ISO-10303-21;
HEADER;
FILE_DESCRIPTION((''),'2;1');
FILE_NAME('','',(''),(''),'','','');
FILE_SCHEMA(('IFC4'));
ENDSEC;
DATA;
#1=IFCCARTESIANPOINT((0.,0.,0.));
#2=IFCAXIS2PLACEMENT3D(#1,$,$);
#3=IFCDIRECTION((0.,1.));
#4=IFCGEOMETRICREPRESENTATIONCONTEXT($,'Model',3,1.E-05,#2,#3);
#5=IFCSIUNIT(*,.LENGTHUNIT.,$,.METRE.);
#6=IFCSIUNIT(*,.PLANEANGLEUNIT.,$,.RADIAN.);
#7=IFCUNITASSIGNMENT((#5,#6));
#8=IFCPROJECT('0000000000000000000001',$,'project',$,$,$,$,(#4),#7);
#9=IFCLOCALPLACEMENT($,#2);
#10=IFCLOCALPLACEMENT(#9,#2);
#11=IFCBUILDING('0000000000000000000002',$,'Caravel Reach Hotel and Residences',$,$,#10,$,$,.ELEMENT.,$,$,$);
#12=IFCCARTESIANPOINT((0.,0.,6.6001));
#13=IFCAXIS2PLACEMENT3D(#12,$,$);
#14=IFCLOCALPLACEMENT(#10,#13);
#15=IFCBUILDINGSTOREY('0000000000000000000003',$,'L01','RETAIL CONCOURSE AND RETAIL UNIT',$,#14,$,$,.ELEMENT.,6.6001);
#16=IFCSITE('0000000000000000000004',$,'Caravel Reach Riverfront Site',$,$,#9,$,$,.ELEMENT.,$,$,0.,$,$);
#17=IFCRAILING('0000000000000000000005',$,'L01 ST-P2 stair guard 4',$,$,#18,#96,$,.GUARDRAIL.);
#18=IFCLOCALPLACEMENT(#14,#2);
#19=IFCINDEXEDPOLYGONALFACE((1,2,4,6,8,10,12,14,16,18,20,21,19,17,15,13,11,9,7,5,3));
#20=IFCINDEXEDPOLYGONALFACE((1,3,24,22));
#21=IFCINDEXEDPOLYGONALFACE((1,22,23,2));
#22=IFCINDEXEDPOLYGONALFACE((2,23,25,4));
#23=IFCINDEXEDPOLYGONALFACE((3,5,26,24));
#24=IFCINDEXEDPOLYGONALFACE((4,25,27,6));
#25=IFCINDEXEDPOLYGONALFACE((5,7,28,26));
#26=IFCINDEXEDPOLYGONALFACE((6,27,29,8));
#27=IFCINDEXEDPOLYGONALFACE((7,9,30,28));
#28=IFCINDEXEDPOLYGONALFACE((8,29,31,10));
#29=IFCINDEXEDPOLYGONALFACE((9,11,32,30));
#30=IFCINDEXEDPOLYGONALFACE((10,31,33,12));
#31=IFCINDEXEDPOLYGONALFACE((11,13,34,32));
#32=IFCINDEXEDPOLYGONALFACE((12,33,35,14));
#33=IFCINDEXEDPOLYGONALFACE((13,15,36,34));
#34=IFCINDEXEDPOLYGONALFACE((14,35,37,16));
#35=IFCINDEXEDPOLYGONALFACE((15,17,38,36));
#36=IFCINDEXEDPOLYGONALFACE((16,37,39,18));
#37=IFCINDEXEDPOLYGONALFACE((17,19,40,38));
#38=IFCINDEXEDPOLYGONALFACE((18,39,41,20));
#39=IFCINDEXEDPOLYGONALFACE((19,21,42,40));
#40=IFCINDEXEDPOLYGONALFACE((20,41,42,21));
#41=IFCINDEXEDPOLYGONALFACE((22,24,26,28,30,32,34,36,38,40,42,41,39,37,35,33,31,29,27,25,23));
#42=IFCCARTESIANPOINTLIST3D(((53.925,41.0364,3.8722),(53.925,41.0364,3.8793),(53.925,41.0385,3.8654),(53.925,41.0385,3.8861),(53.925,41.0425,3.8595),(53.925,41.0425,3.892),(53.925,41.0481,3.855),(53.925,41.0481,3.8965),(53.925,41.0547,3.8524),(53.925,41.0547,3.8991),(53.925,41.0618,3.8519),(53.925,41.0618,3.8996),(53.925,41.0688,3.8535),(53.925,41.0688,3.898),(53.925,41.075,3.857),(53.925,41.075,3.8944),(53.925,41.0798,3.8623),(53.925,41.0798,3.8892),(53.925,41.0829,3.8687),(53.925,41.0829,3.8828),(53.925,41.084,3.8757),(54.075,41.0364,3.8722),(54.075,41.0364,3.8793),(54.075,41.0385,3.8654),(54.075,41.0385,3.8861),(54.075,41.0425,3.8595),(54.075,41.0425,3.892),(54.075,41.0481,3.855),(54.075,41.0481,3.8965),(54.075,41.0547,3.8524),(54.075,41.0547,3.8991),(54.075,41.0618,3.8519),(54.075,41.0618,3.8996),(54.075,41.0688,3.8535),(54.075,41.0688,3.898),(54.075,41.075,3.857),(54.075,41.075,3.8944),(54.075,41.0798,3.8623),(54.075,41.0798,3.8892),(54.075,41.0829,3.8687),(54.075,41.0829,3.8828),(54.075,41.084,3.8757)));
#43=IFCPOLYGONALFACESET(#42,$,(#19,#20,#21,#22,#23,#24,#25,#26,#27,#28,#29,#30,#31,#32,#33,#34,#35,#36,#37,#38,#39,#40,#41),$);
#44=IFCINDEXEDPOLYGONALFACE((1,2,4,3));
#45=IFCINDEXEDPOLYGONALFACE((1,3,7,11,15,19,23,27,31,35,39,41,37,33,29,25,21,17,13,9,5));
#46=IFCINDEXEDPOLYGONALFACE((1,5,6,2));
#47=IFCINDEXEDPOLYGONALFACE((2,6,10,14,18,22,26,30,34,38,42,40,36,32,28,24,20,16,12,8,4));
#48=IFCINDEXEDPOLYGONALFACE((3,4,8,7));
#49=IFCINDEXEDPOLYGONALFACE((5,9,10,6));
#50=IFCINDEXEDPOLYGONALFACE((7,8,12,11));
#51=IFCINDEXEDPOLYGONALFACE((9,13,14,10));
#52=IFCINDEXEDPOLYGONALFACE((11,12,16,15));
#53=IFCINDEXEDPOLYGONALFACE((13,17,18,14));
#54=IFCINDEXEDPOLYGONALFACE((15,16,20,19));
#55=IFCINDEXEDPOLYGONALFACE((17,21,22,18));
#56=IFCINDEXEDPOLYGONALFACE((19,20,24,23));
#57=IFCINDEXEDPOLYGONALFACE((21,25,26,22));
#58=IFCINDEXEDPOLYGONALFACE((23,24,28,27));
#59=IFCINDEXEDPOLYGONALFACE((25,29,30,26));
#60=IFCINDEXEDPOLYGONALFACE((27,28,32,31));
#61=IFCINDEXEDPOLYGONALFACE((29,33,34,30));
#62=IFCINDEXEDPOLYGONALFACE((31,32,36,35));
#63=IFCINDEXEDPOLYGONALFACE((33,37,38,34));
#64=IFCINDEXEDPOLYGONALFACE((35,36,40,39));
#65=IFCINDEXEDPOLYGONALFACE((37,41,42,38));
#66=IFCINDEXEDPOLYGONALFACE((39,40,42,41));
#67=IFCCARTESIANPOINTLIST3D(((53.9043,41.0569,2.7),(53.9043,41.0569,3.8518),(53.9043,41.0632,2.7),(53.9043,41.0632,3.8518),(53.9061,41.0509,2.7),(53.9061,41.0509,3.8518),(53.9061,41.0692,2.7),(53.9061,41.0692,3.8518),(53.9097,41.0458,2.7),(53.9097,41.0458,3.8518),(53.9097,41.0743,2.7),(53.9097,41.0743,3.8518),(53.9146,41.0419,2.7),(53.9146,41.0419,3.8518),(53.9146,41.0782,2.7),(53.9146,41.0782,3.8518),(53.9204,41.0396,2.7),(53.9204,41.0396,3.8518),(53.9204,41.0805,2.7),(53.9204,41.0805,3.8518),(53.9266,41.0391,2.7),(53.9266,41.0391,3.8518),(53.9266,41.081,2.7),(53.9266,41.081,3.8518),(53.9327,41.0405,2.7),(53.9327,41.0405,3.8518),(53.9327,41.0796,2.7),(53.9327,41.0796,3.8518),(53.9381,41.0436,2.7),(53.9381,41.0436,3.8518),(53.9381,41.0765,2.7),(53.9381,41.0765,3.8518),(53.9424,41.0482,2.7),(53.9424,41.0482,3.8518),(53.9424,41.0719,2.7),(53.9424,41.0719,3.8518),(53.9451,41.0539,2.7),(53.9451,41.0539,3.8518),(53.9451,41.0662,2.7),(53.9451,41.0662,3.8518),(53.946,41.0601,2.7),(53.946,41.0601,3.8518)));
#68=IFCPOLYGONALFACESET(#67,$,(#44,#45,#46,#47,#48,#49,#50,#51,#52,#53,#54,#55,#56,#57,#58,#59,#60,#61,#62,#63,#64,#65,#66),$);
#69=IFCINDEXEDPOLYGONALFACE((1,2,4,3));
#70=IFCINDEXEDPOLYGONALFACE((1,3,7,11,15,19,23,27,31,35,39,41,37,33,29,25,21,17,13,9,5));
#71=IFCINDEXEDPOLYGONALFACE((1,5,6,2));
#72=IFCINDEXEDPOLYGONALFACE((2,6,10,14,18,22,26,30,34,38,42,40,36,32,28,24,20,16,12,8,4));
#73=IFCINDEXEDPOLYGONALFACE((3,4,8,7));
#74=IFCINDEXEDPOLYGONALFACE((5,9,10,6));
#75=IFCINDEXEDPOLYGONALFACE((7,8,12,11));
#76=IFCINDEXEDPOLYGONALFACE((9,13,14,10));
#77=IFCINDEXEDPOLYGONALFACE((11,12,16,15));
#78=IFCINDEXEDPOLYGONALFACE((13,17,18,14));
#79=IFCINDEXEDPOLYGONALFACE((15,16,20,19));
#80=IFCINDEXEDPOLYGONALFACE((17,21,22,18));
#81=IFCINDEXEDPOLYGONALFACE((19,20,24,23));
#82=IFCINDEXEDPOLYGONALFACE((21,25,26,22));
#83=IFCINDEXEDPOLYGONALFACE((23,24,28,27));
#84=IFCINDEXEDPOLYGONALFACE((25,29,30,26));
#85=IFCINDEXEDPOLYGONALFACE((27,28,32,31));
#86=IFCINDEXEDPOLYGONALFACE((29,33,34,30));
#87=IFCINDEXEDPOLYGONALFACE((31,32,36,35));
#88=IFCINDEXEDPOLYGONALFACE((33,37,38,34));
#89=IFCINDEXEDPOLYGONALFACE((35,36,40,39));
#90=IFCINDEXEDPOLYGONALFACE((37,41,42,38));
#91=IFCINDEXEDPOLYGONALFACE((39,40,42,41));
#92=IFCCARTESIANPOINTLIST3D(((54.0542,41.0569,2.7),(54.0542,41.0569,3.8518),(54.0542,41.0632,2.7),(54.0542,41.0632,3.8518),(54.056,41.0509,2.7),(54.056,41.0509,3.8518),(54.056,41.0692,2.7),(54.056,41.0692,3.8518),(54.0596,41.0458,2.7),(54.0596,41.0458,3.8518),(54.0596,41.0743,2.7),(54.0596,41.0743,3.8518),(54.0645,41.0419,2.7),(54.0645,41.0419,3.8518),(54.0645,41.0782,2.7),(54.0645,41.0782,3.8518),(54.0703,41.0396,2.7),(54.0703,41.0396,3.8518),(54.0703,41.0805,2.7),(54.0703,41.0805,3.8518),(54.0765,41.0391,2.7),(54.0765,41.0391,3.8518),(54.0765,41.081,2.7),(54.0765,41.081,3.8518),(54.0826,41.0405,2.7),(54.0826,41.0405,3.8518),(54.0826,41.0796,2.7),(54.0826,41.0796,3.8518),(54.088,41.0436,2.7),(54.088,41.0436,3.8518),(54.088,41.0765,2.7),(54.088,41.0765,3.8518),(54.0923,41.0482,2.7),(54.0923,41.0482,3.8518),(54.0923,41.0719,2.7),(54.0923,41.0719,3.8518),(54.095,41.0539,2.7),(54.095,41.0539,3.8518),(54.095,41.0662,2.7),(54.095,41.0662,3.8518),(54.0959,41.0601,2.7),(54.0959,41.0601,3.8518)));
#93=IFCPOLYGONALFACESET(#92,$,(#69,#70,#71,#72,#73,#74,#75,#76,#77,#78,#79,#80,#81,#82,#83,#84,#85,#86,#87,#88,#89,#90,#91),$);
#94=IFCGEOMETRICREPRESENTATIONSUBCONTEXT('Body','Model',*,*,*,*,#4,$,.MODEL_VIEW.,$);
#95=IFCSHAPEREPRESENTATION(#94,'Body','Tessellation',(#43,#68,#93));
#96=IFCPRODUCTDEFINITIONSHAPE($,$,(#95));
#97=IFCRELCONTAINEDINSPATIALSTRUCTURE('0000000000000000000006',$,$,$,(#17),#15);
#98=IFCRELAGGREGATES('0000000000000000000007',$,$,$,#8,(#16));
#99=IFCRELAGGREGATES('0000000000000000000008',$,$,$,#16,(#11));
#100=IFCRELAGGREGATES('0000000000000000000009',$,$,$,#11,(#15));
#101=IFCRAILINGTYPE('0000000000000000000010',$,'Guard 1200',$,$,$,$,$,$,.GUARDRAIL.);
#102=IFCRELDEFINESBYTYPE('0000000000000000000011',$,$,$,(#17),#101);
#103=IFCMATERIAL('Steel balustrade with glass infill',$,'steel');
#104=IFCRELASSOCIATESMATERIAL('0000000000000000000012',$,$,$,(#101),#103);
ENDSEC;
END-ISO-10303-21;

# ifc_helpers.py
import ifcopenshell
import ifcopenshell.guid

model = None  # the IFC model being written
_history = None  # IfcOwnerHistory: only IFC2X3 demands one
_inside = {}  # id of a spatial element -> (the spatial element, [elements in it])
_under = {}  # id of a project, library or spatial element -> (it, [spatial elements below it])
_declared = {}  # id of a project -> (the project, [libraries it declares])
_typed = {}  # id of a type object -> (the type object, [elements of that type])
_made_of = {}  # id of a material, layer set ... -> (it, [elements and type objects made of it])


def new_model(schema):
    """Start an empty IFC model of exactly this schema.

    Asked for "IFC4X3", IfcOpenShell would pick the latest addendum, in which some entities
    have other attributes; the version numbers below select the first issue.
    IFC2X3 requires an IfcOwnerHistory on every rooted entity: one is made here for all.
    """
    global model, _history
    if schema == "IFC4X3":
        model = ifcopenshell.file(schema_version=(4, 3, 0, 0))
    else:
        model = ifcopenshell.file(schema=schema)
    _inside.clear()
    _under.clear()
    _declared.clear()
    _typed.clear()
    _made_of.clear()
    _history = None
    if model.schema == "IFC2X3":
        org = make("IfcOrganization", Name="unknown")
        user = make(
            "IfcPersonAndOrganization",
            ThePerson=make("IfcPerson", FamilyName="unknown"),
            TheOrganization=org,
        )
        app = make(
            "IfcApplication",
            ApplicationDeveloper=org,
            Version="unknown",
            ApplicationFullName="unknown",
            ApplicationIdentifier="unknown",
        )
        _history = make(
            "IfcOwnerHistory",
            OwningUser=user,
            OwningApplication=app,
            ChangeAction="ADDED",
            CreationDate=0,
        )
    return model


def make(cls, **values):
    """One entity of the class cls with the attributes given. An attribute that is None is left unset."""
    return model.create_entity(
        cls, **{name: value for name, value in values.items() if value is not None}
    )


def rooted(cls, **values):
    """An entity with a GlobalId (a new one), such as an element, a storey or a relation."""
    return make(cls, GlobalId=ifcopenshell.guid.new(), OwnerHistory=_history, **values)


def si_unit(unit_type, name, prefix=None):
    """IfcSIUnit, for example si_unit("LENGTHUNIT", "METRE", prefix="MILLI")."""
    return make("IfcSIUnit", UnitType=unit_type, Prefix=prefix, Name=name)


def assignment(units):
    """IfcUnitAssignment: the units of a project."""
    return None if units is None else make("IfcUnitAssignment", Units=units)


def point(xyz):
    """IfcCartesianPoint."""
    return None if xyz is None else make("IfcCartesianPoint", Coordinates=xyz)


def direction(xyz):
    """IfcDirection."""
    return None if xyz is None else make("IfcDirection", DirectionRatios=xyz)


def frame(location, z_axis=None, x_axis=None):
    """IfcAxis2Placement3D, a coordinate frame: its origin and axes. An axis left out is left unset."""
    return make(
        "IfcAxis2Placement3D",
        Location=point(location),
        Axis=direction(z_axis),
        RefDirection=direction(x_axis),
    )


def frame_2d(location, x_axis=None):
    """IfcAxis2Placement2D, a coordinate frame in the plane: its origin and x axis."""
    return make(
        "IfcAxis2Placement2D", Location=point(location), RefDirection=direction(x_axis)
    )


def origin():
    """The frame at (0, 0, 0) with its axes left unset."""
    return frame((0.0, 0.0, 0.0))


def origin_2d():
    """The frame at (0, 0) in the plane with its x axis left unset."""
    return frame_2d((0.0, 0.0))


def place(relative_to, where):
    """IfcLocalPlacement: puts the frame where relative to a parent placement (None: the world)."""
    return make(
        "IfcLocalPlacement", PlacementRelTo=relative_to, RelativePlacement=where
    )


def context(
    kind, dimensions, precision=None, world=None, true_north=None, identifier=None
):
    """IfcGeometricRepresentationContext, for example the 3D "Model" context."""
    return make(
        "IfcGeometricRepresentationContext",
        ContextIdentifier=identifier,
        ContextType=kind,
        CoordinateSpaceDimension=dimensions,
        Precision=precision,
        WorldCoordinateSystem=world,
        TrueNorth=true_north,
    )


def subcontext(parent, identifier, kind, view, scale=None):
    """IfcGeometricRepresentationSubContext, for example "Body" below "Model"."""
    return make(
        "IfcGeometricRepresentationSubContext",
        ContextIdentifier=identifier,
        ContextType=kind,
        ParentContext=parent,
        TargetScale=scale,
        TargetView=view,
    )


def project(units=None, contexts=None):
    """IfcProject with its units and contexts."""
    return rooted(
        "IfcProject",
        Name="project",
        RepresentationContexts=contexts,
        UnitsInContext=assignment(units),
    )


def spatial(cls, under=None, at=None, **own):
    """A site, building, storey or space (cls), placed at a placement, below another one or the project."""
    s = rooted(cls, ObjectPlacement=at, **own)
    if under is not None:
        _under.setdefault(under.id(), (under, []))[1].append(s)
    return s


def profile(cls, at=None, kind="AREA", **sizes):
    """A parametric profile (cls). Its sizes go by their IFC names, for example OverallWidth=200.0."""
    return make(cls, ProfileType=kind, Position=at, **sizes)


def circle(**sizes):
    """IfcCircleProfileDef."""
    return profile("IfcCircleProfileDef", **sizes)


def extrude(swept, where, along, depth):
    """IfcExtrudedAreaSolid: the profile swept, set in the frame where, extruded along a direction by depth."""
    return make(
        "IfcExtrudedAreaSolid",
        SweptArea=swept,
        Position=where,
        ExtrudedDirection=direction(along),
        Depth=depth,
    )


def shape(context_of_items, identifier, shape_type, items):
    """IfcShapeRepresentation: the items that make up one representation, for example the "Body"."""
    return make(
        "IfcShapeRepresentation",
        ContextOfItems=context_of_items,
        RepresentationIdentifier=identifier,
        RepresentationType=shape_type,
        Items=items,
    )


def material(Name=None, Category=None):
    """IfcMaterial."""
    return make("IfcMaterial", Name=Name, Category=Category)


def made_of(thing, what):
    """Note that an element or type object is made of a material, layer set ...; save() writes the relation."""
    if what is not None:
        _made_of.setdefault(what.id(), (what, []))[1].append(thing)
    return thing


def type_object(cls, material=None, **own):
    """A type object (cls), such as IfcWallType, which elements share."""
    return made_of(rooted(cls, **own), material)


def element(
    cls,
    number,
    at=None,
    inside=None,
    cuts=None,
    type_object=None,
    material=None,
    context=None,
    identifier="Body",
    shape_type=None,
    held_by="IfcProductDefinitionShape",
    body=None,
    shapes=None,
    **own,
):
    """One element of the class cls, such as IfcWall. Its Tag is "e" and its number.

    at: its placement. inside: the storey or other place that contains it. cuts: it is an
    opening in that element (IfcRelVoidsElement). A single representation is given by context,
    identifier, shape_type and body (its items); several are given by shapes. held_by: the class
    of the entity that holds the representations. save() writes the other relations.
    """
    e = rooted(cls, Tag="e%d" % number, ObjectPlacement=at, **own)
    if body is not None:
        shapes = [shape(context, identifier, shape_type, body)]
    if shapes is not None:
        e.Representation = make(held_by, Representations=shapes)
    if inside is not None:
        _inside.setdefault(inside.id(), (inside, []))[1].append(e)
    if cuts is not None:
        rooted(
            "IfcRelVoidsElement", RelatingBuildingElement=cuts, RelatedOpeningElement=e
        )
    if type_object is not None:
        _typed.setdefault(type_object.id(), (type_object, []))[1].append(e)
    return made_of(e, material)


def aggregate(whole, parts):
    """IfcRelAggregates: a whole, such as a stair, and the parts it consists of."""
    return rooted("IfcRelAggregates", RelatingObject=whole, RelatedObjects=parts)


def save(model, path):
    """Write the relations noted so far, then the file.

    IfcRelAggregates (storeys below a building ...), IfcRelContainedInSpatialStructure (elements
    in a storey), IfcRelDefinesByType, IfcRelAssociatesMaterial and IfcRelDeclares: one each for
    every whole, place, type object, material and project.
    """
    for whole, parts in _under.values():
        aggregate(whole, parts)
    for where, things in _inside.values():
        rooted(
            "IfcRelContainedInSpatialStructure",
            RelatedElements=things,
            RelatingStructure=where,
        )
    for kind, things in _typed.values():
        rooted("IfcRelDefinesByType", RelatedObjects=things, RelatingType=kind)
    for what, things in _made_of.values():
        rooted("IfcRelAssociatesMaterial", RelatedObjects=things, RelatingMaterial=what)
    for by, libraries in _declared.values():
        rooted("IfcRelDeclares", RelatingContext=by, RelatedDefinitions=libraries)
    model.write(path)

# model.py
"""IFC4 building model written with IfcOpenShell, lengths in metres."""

from ifc_helpers import new_model, si_unit, direction, frame, origin, origin_2d, place, context, subcontext, project, spatial, circle, extrude, material, type_object, element, save


model = new_model("IFC4")

# Units and contexts
model_context = context("Model", 3, precision=1e-05, world=origin(), true_north=direction((0.0, 1.0)))
body_context = subcontext(model_context, "Body", "Model", "MODEL_VIEW")
ifc_project = project(units=[si_unit("LENGTHUNIT", "METRE"), si_unit("PLANEANGLEUNIT", "RADIAN")], contexts=[model_context])

# Site, building, storey
site_placement = place(None, origin())
site = spatial("IfcSite", under=ifc_project, at=site_placement, Name="Caravel Reach Riverfront Site", CompositionType="ELEMENT", RefElevation=0.0)
building_placement = place(site_placement, origin())
building = spatial("IfcBuilding", under=site, at=building_placement, Name="Caravel Reach Hotel and Residences", CompositionType="ELEMENT")
storey_placement = place(building_placement, frame((0.0, 0.0, 6.6001)))
storey = spatial("IfcBuildingStorey", under=building, at=storey_placement, Name="L01", Description="RETAIL CONCOURSE AND RETAIL UNIT", CompositionType="ELEMENT", Elevation=6.6001)

# Railing
ifc_material_1 = material(Name="Steel balustrade with glass infill", Category="steel")
railing_type_1 = type_object("IfcRailingType", Name="Guard 1200", PredefinedType="GUARDRAIL", material=ifc_material_1)
railing_1_placement = place(storey_placement, frame((53.925, 41.0601, 2.7)))
element("IfcRailing", 1, at=railing_1_placement, inside=storey, type_object=railing_type_1, Name="L01 ST-P2 stair guard 4", PredefinedType="GUARDRAIL", context=body_context, shape_type="SweptSolid", body=[
    extrude(circle(Radius=0.0239, at=origin_2d()), frame((0.0, 0.0, 1.1758), z_axis=(1.0, 0.0, 0.0), x_axis=(0.0, 1.0, 0.0)), (0.0, 0.0, 1.0), 0.1499),
    extrude(circle(Radius=0.021, at=origin_2d()), origin(), (0.0, 0.0, 1.0), 1.1519),
    extrude(circle(Radius=0.021, at=origin_2d()), frame((0.1499, 0.0, 0.0)), (0.0, 0.0, 1.0), 1.1519),
])

save(model, "model.ifc")
